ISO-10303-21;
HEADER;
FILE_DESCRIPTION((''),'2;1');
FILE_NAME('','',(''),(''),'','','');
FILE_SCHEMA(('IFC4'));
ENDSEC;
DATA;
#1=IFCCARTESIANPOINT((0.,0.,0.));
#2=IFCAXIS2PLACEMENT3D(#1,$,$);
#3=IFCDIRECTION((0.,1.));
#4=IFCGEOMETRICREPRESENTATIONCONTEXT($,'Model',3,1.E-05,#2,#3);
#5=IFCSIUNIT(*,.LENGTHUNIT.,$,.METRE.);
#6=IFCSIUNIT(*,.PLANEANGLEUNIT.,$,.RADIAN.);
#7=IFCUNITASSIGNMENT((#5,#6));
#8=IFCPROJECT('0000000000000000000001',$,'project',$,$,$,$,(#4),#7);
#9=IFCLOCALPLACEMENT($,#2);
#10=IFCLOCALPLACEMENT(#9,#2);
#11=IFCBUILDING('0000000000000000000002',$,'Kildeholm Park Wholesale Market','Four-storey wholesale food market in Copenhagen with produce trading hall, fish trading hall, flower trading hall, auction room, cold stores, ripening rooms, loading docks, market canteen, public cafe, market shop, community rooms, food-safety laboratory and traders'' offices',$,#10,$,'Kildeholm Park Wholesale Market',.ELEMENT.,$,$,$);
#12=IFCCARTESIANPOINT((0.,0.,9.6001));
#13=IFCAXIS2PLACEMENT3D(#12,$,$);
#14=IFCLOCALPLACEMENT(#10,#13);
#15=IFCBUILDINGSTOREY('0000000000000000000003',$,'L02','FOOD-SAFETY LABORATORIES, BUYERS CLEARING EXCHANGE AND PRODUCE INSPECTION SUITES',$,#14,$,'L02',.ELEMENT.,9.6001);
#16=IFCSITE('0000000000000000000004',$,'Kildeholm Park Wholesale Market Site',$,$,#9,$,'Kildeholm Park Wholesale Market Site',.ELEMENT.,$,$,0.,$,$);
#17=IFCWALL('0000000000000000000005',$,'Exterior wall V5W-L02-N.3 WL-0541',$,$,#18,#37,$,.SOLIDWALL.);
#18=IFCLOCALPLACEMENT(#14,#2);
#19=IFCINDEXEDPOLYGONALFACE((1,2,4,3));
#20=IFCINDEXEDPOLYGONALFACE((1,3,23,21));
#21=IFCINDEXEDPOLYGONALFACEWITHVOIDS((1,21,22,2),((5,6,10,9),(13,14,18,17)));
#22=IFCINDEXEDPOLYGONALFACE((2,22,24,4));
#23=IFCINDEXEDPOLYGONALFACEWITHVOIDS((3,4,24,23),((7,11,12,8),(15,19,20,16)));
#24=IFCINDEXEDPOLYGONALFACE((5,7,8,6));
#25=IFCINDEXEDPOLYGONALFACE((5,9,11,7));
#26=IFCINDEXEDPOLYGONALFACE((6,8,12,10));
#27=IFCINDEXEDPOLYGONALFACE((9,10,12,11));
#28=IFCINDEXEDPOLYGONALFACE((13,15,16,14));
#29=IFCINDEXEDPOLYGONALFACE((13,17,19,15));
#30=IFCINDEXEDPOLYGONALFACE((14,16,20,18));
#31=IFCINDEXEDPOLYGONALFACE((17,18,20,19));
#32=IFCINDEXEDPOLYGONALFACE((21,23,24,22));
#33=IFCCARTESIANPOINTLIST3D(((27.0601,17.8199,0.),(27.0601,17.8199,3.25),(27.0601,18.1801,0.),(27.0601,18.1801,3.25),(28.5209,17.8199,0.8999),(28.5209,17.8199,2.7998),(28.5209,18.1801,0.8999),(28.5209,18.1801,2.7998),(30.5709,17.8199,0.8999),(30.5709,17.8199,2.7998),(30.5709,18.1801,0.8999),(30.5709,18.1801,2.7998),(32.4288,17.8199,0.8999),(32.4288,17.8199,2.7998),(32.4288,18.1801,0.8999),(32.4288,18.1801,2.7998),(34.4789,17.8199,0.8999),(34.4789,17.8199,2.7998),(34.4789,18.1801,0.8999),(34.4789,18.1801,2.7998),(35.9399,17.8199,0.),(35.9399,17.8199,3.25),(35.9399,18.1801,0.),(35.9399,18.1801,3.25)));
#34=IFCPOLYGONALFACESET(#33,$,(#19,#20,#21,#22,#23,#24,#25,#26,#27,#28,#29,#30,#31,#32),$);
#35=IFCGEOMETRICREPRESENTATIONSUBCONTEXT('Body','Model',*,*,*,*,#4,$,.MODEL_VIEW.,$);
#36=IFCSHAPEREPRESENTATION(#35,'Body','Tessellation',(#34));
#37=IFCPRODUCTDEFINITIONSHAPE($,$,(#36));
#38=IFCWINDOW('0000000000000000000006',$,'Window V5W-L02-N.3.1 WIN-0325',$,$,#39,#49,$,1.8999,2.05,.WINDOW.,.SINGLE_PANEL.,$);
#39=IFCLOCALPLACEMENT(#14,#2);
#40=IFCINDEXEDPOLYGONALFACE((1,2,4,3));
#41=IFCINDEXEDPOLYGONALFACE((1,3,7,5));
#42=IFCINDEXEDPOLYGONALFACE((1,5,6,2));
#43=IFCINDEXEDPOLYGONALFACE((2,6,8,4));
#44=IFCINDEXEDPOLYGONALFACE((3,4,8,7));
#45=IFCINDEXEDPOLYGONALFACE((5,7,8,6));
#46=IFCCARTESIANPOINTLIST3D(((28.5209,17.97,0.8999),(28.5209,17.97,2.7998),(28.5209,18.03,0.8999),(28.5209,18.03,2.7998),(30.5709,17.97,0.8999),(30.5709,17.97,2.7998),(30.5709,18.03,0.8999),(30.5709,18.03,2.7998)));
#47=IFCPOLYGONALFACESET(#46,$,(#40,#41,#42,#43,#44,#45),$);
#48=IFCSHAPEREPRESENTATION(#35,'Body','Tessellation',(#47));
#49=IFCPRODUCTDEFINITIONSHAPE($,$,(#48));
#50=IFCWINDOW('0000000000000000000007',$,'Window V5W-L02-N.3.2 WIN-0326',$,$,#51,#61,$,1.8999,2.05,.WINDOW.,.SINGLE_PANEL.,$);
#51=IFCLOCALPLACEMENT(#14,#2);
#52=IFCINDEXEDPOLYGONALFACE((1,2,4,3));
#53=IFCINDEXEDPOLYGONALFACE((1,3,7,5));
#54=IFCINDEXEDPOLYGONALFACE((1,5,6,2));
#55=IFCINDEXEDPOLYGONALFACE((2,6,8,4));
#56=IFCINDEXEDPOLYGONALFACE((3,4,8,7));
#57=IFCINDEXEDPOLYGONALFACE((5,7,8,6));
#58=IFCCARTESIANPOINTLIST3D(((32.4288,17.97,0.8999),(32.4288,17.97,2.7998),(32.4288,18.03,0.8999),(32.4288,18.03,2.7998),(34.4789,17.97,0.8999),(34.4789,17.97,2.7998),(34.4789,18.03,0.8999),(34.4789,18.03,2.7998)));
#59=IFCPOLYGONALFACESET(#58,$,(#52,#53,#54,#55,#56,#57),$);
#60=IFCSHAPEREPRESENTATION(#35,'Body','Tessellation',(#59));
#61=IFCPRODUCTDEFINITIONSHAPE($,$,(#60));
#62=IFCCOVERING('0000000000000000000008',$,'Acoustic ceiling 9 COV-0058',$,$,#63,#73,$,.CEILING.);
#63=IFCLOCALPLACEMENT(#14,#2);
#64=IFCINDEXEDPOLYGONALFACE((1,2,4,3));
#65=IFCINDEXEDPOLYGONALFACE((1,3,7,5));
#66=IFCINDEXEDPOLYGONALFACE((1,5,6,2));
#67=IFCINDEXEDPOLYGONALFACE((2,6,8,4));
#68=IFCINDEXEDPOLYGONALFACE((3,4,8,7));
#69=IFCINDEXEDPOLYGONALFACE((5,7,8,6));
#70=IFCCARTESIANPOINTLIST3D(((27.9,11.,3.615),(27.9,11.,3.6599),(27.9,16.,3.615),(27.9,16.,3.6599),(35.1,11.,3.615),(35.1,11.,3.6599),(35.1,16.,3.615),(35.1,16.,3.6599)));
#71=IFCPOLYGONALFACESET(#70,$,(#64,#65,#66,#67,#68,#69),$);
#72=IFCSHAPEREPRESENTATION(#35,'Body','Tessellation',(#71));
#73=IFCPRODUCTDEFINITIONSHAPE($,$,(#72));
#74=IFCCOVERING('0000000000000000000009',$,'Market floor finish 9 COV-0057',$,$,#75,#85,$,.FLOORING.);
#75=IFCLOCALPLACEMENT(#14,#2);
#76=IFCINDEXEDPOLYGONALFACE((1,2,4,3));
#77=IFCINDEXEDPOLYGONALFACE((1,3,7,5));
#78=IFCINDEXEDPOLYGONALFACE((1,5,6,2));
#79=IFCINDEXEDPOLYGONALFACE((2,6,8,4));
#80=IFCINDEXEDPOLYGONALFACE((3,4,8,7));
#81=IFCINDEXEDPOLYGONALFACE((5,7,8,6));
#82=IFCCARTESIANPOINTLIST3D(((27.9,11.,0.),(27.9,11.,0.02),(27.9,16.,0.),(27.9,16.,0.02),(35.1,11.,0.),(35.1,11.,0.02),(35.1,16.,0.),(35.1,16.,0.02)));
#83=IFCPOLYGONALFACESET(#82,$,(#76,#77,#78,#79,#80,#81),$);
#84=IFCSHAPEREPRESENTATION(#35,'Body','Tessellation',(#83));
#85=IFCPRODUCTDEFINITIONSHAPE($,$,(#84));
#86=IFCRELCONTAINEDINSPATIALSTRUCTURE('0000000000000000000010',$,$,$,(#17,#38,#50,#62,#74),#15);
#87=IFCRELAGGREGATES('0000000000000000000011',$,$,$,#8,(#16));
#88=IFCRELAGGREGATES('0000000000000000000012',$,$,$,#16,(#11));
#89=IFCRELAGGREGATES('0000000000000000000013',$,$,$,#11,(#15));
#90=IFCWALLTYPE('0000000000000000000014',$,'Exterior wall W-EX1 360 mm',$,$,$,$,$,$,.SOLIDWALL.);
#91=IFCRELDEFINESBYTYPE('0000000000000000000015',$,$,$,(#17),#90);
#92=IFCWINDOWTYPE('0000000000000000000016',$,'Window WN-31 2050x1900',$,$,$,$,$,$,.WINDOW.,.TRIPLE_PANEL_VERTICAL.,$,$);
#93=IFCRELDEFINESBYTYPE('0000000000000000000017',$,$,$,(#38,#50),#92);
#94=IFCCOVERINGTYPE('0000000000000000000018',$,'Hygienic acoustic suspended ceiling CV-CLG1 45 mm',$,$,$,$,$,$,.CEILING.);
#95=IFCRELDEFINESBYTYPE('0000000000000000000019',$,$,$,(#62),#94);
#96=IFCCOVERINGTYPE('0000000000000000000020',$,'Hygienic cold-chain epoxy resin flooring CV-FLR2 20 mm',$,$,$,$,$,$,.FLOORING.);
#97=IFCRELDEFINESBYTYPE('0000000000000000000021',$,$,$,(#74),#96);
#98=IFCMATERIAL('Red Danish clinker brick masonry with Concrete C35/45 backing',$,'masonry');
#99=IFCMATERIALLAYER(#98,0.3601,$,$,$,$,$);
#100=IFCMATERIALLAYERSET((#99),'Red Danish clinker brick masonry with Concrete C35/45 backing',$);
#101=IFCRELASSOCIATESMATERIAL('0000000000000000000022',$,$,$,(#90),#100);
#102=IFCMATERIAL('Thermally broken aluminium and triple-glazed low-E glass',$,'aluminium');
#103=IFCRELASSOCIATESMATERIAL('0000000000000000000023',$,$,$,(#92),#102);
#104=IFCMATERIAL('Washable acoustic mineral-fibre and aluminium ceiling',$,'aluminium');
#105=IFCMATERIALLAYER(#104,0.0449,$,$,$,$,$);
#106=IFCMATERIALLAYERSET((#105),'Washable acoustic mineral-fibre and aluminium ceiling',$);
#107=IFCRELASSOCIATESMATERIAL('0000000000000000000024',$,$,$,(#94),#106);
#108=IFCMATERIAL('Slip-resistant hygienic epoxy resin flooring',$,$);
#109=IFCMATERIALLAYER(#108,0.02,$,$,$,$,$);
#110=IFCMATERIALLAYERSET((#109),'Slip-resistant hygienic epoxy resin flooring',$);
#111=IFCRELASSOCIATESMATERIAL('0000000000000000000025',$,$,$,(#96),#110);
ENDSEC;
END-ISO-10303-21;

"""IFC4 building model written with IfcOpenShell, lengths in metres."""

from ifc_helpers import new_model, si_unit, direction, frame, frame_2d, origin, origin_2d, place, context, subcontext, project, spatial, rectangle, extrude, material, layer, layer_set, type_object, element, fill, save


model = new_model("IFC4")

# Units and contexts
model_context = context("Model", 3, precision=1e-05, world=origin(), true_north=direction((0.0, 1.0)))
body_context = subcontext(model_context, "Body", "Model", "MODEL_VIEW")
ifc_project = project(units=[si_unit("LENGTHUNIT", "METRE"), si_unit("PLANEANGLEUNIT", "RADIAN")], contexts=[model_context])

# Site, building, storey
site_placement = place(None, origin())
site = spatial("IfcSite", under=ifc_project, at=site_placement, Name="Kildeholm Park Wholesale Market Site", LongName="Kildeholm Park Wholesale Market Site", CompositionType="ELEMENT", RefElevation=0.0)
building_placement = place(site_placement, origin())
building = spatial("IfcBuilding", under=site, at=building_placement, Name="Kildeholm Park Wholesale Market", Description="Four-storey wholesale food market in Copenhagen with produce trading hall, fish trading hall, flower trading hall, auction room, cold stores, ripening rooms, loading docks, market canteen, public cafe, market shop, community rooms, food-safety laboratory and traders' offices", LongName="Kildeholm Park Wholesale Market", CompositionType="ELEMENT")
storey_placement = place(building_placement, frame((0.0, 0.0, 9.6001)))
storey = spatial("IfcBuildingStorey", under=building, at=storey_placement, Name="L02", Description="FOOD-SAFETY LABORATORIES, BUYERS CLEARING EXCHANGE AND PRODUCE INSPECTION SUITES", LongName="L02", CompositionType="ELEMENT", Elevation=9.6001)

# Wall, openings, windows
ifc_material_1 = material(Name="Red Danish clinker brick masonry with Concrete C35/45 backing", Category="masonry")
ifc_layer_1 = layer(ifc_material_1, 0.3601)
ifc_layer_set_1 = layer_set([ifc_layer_1], Name="Red Danish clinker brick masonry with Concrete C35/45 backing")
wall_type_1 = type_object("IfcWallType", Name="Exterior wall W-EX1 360 mm", PredefinedType="SOLIDWALL", material=ifc_layer_set_1)
wall_1_placement = place(storey_placement, frame((27.0601, 18.0, 0.0), z_axis=(0.0, 0.0, 1.0), x_axis=(1.0, 0.0, 0.0)))
wall_1 = element("IfcWall", 1, at=wall_1_placement, inside=storey, type_object=wall_type_1, Name="Exterior wall V5W-L02-N.3 WL-0541", PredefinedType="SOLIDWALL", context=body_context, shape_type="SweptSolid", body=[
    extrude(rectangle(XDim=8.8799, YDim=0.3601, at=frame_2d((4.4399, 0.0))), origin(), (0.0, 0.0, 1.0), 3.25),
])
opening_1_placement = place(wall_1_placement, frame((1.4609, 0.0, 0.8999)))
opening_1 = element("IfcOpeningElement", 2, at=opening_1_placement, cuts=wall_1, PredefinedType="OPENING", context=body_context, shape_type="SweptSolid", body=[
    extrude(rectangle(XDim=2.05, YDim=1.8999, at=frame_2d((1.0249, 0.95))), frame((0.0, 0.1899, 0.0), z_axis=(0.0, -1.0, 0.0), x_axis=(1.0, 0.0, 0.0)), (0.0, 0.0, 1.0), 0.3801),
])
opening_2_placement = place(wall_1_placement, frame((5.3689, 0.0, 0.8999)))
opening_2 = element("IfcOpeningElement", 3, at=opening_2_placement, cuts=wall_1, PredefinedType="OPENING", context=body_context, shape_type="SweptSolid", body=[
    extrude(rectangle(XDim=2.05, YDim=1.8999, at=frame_2d((1.0249, 0.95))), frame((0.0, 0.1899, 0.0), z_axis=(0.0, -1.0, 0.0), x_axis=(1.0, 0.0, 0.0)), (0.0, 0.0, 1.0), 0.3801),
])
ifc_material_2 = material(Name="Thermally broken aluminium and triple-glazed low-E glass", Category="aluminium")
window_type = type_object("IfcWindowType", Name="Window WN-31 2050x1900", PartitioningType="TRIPLE_PANEL_VERTICAL", PredefinedType="WINDOW", material=ifc_material_2)
window_1_placement = place(opening_1_placement, origin())
window_1 = element("IfcWindow", 4, at=window_1_placement, inside=storey, type_object=window_type, Name="Window V5W-L02-N.3.1 WIN-0325", OverallHeight=1.8999, OverallWidth=2.05, PartitioningType="SINGLE_PANEL", PredefinedType="WINDOW", context=body_context, shape_type="SweptSolid", body=[
    extrude(rectangle(XDim=2.05, YDim=1.8999, at=frame_2d((1.0249, 0.95))), frame((0.0, 0.03, 0.0), z_axis=(0.0, -1.0, 0.0), x_axis=(1.0, 0.0, 0.0)), (0.0, 0.0, 1.0), 0.0601),
])
fill(opening_1, window_1)
window_2_placement = place(opening_2_placement, origin())
window_2 = element("IfcWindow", 5, at=window_2_placement, inside=storey, type_object=window_type, Name="Window V5W-L02-N.3.2 WIN-0326", OverallHeight=1.8999, OverallWidth=2.05, PartitioningType="SINGLE_PANEL", PredefinedType="WINDOW", context=body_context, shape_type="SweptSolid", body=[
    extrude(rectangle(XDim=2.05, YDim=1.8999, at=frame_2d((1.0249, 0.95))), frame((0.0, 0.03, 0.0), z_axis=(0.0, -1.0, 0.0), x_axis=(1.0, 0.0, 0.0)), (0.0, 0.0, 1.0), 0.0601),
])
fill(opening_2, window_2)

# Coverings
ifc_material_3 = material(Name="Washable acoustic mineral-fibre and aluminium ceiling", Category="aluminium")
ifc_layer_2 = layer(ifc_material_3, 0.0449)
ifc_layer_set_2 = layer_set([ifc_layer_2], Name="Washable acoustic mineral-fibre and aluminium ceiling")
covering_type_1 = type_object("IfcCoveringType", Name="Hygienic acoustic suspended ceiling CV-CLG1 45 mm", PredefinedType="CEILING", material=ifc_layer_set_2)
covering_1_placement = place(storey_placement, frame((31.5, 13.5, 3.615), z_axis=(0.0, 0.0, 1.0), x_axis=(1.0, 0.0, 0.0)))
element("IfcCovering", 6, at=covering_1_placement, inside=storey, type_object=covering_type_1, Name="Acoustic ceiling 9 COV-0058", PredefinedType="CEILING", context=body_context, shape_type="SweptSolid", body=[
    extrude(rectangle(XDim=7.2, YDim=5.0, at=origin_2d()), origin(), (0.0, 0.0, 1.0), 0.0449),
])
ifc_material_4 = material(Name="Slip-resistant hygienic epoxy resin flooring")
ifc_layer_3 = layer(ifc_material_4, 0.02)
ifc_layer_set_3 = layer_set([ifc_layer_3], Name="Slip-resistant hygienic epoxy resin flooring")
covering_type_2 = type_object("IfcCoveringType", Name="Hygienic cold-chain epoxy resin flooring CV-FLR2 20 mm", PredefinedType="FLOORING", material=ifc_layer_set_3)
covering_2_placement = place(storey_placement, frame((31.5, 13.5, 0.0), z_axis=(0.0, 0.0, 1.0), x_axis=(1.0, 0.0, 0.0)))
element("IfcCovering", 7, at=covering_2_placement, inside=storey, type_object=covering_type_2, Name="Market floor finish 9 COV-0057", PredefinedType="FLOORING", context=body_context, shape_type="SweptSolid", body=[
    extrude(rectangle(XDim=7.2, YDim=5.0, at=origin_2d()), origin(), (0.0, 0.0, 1.0), 0.02),
])

save(model, "model.ifc")
